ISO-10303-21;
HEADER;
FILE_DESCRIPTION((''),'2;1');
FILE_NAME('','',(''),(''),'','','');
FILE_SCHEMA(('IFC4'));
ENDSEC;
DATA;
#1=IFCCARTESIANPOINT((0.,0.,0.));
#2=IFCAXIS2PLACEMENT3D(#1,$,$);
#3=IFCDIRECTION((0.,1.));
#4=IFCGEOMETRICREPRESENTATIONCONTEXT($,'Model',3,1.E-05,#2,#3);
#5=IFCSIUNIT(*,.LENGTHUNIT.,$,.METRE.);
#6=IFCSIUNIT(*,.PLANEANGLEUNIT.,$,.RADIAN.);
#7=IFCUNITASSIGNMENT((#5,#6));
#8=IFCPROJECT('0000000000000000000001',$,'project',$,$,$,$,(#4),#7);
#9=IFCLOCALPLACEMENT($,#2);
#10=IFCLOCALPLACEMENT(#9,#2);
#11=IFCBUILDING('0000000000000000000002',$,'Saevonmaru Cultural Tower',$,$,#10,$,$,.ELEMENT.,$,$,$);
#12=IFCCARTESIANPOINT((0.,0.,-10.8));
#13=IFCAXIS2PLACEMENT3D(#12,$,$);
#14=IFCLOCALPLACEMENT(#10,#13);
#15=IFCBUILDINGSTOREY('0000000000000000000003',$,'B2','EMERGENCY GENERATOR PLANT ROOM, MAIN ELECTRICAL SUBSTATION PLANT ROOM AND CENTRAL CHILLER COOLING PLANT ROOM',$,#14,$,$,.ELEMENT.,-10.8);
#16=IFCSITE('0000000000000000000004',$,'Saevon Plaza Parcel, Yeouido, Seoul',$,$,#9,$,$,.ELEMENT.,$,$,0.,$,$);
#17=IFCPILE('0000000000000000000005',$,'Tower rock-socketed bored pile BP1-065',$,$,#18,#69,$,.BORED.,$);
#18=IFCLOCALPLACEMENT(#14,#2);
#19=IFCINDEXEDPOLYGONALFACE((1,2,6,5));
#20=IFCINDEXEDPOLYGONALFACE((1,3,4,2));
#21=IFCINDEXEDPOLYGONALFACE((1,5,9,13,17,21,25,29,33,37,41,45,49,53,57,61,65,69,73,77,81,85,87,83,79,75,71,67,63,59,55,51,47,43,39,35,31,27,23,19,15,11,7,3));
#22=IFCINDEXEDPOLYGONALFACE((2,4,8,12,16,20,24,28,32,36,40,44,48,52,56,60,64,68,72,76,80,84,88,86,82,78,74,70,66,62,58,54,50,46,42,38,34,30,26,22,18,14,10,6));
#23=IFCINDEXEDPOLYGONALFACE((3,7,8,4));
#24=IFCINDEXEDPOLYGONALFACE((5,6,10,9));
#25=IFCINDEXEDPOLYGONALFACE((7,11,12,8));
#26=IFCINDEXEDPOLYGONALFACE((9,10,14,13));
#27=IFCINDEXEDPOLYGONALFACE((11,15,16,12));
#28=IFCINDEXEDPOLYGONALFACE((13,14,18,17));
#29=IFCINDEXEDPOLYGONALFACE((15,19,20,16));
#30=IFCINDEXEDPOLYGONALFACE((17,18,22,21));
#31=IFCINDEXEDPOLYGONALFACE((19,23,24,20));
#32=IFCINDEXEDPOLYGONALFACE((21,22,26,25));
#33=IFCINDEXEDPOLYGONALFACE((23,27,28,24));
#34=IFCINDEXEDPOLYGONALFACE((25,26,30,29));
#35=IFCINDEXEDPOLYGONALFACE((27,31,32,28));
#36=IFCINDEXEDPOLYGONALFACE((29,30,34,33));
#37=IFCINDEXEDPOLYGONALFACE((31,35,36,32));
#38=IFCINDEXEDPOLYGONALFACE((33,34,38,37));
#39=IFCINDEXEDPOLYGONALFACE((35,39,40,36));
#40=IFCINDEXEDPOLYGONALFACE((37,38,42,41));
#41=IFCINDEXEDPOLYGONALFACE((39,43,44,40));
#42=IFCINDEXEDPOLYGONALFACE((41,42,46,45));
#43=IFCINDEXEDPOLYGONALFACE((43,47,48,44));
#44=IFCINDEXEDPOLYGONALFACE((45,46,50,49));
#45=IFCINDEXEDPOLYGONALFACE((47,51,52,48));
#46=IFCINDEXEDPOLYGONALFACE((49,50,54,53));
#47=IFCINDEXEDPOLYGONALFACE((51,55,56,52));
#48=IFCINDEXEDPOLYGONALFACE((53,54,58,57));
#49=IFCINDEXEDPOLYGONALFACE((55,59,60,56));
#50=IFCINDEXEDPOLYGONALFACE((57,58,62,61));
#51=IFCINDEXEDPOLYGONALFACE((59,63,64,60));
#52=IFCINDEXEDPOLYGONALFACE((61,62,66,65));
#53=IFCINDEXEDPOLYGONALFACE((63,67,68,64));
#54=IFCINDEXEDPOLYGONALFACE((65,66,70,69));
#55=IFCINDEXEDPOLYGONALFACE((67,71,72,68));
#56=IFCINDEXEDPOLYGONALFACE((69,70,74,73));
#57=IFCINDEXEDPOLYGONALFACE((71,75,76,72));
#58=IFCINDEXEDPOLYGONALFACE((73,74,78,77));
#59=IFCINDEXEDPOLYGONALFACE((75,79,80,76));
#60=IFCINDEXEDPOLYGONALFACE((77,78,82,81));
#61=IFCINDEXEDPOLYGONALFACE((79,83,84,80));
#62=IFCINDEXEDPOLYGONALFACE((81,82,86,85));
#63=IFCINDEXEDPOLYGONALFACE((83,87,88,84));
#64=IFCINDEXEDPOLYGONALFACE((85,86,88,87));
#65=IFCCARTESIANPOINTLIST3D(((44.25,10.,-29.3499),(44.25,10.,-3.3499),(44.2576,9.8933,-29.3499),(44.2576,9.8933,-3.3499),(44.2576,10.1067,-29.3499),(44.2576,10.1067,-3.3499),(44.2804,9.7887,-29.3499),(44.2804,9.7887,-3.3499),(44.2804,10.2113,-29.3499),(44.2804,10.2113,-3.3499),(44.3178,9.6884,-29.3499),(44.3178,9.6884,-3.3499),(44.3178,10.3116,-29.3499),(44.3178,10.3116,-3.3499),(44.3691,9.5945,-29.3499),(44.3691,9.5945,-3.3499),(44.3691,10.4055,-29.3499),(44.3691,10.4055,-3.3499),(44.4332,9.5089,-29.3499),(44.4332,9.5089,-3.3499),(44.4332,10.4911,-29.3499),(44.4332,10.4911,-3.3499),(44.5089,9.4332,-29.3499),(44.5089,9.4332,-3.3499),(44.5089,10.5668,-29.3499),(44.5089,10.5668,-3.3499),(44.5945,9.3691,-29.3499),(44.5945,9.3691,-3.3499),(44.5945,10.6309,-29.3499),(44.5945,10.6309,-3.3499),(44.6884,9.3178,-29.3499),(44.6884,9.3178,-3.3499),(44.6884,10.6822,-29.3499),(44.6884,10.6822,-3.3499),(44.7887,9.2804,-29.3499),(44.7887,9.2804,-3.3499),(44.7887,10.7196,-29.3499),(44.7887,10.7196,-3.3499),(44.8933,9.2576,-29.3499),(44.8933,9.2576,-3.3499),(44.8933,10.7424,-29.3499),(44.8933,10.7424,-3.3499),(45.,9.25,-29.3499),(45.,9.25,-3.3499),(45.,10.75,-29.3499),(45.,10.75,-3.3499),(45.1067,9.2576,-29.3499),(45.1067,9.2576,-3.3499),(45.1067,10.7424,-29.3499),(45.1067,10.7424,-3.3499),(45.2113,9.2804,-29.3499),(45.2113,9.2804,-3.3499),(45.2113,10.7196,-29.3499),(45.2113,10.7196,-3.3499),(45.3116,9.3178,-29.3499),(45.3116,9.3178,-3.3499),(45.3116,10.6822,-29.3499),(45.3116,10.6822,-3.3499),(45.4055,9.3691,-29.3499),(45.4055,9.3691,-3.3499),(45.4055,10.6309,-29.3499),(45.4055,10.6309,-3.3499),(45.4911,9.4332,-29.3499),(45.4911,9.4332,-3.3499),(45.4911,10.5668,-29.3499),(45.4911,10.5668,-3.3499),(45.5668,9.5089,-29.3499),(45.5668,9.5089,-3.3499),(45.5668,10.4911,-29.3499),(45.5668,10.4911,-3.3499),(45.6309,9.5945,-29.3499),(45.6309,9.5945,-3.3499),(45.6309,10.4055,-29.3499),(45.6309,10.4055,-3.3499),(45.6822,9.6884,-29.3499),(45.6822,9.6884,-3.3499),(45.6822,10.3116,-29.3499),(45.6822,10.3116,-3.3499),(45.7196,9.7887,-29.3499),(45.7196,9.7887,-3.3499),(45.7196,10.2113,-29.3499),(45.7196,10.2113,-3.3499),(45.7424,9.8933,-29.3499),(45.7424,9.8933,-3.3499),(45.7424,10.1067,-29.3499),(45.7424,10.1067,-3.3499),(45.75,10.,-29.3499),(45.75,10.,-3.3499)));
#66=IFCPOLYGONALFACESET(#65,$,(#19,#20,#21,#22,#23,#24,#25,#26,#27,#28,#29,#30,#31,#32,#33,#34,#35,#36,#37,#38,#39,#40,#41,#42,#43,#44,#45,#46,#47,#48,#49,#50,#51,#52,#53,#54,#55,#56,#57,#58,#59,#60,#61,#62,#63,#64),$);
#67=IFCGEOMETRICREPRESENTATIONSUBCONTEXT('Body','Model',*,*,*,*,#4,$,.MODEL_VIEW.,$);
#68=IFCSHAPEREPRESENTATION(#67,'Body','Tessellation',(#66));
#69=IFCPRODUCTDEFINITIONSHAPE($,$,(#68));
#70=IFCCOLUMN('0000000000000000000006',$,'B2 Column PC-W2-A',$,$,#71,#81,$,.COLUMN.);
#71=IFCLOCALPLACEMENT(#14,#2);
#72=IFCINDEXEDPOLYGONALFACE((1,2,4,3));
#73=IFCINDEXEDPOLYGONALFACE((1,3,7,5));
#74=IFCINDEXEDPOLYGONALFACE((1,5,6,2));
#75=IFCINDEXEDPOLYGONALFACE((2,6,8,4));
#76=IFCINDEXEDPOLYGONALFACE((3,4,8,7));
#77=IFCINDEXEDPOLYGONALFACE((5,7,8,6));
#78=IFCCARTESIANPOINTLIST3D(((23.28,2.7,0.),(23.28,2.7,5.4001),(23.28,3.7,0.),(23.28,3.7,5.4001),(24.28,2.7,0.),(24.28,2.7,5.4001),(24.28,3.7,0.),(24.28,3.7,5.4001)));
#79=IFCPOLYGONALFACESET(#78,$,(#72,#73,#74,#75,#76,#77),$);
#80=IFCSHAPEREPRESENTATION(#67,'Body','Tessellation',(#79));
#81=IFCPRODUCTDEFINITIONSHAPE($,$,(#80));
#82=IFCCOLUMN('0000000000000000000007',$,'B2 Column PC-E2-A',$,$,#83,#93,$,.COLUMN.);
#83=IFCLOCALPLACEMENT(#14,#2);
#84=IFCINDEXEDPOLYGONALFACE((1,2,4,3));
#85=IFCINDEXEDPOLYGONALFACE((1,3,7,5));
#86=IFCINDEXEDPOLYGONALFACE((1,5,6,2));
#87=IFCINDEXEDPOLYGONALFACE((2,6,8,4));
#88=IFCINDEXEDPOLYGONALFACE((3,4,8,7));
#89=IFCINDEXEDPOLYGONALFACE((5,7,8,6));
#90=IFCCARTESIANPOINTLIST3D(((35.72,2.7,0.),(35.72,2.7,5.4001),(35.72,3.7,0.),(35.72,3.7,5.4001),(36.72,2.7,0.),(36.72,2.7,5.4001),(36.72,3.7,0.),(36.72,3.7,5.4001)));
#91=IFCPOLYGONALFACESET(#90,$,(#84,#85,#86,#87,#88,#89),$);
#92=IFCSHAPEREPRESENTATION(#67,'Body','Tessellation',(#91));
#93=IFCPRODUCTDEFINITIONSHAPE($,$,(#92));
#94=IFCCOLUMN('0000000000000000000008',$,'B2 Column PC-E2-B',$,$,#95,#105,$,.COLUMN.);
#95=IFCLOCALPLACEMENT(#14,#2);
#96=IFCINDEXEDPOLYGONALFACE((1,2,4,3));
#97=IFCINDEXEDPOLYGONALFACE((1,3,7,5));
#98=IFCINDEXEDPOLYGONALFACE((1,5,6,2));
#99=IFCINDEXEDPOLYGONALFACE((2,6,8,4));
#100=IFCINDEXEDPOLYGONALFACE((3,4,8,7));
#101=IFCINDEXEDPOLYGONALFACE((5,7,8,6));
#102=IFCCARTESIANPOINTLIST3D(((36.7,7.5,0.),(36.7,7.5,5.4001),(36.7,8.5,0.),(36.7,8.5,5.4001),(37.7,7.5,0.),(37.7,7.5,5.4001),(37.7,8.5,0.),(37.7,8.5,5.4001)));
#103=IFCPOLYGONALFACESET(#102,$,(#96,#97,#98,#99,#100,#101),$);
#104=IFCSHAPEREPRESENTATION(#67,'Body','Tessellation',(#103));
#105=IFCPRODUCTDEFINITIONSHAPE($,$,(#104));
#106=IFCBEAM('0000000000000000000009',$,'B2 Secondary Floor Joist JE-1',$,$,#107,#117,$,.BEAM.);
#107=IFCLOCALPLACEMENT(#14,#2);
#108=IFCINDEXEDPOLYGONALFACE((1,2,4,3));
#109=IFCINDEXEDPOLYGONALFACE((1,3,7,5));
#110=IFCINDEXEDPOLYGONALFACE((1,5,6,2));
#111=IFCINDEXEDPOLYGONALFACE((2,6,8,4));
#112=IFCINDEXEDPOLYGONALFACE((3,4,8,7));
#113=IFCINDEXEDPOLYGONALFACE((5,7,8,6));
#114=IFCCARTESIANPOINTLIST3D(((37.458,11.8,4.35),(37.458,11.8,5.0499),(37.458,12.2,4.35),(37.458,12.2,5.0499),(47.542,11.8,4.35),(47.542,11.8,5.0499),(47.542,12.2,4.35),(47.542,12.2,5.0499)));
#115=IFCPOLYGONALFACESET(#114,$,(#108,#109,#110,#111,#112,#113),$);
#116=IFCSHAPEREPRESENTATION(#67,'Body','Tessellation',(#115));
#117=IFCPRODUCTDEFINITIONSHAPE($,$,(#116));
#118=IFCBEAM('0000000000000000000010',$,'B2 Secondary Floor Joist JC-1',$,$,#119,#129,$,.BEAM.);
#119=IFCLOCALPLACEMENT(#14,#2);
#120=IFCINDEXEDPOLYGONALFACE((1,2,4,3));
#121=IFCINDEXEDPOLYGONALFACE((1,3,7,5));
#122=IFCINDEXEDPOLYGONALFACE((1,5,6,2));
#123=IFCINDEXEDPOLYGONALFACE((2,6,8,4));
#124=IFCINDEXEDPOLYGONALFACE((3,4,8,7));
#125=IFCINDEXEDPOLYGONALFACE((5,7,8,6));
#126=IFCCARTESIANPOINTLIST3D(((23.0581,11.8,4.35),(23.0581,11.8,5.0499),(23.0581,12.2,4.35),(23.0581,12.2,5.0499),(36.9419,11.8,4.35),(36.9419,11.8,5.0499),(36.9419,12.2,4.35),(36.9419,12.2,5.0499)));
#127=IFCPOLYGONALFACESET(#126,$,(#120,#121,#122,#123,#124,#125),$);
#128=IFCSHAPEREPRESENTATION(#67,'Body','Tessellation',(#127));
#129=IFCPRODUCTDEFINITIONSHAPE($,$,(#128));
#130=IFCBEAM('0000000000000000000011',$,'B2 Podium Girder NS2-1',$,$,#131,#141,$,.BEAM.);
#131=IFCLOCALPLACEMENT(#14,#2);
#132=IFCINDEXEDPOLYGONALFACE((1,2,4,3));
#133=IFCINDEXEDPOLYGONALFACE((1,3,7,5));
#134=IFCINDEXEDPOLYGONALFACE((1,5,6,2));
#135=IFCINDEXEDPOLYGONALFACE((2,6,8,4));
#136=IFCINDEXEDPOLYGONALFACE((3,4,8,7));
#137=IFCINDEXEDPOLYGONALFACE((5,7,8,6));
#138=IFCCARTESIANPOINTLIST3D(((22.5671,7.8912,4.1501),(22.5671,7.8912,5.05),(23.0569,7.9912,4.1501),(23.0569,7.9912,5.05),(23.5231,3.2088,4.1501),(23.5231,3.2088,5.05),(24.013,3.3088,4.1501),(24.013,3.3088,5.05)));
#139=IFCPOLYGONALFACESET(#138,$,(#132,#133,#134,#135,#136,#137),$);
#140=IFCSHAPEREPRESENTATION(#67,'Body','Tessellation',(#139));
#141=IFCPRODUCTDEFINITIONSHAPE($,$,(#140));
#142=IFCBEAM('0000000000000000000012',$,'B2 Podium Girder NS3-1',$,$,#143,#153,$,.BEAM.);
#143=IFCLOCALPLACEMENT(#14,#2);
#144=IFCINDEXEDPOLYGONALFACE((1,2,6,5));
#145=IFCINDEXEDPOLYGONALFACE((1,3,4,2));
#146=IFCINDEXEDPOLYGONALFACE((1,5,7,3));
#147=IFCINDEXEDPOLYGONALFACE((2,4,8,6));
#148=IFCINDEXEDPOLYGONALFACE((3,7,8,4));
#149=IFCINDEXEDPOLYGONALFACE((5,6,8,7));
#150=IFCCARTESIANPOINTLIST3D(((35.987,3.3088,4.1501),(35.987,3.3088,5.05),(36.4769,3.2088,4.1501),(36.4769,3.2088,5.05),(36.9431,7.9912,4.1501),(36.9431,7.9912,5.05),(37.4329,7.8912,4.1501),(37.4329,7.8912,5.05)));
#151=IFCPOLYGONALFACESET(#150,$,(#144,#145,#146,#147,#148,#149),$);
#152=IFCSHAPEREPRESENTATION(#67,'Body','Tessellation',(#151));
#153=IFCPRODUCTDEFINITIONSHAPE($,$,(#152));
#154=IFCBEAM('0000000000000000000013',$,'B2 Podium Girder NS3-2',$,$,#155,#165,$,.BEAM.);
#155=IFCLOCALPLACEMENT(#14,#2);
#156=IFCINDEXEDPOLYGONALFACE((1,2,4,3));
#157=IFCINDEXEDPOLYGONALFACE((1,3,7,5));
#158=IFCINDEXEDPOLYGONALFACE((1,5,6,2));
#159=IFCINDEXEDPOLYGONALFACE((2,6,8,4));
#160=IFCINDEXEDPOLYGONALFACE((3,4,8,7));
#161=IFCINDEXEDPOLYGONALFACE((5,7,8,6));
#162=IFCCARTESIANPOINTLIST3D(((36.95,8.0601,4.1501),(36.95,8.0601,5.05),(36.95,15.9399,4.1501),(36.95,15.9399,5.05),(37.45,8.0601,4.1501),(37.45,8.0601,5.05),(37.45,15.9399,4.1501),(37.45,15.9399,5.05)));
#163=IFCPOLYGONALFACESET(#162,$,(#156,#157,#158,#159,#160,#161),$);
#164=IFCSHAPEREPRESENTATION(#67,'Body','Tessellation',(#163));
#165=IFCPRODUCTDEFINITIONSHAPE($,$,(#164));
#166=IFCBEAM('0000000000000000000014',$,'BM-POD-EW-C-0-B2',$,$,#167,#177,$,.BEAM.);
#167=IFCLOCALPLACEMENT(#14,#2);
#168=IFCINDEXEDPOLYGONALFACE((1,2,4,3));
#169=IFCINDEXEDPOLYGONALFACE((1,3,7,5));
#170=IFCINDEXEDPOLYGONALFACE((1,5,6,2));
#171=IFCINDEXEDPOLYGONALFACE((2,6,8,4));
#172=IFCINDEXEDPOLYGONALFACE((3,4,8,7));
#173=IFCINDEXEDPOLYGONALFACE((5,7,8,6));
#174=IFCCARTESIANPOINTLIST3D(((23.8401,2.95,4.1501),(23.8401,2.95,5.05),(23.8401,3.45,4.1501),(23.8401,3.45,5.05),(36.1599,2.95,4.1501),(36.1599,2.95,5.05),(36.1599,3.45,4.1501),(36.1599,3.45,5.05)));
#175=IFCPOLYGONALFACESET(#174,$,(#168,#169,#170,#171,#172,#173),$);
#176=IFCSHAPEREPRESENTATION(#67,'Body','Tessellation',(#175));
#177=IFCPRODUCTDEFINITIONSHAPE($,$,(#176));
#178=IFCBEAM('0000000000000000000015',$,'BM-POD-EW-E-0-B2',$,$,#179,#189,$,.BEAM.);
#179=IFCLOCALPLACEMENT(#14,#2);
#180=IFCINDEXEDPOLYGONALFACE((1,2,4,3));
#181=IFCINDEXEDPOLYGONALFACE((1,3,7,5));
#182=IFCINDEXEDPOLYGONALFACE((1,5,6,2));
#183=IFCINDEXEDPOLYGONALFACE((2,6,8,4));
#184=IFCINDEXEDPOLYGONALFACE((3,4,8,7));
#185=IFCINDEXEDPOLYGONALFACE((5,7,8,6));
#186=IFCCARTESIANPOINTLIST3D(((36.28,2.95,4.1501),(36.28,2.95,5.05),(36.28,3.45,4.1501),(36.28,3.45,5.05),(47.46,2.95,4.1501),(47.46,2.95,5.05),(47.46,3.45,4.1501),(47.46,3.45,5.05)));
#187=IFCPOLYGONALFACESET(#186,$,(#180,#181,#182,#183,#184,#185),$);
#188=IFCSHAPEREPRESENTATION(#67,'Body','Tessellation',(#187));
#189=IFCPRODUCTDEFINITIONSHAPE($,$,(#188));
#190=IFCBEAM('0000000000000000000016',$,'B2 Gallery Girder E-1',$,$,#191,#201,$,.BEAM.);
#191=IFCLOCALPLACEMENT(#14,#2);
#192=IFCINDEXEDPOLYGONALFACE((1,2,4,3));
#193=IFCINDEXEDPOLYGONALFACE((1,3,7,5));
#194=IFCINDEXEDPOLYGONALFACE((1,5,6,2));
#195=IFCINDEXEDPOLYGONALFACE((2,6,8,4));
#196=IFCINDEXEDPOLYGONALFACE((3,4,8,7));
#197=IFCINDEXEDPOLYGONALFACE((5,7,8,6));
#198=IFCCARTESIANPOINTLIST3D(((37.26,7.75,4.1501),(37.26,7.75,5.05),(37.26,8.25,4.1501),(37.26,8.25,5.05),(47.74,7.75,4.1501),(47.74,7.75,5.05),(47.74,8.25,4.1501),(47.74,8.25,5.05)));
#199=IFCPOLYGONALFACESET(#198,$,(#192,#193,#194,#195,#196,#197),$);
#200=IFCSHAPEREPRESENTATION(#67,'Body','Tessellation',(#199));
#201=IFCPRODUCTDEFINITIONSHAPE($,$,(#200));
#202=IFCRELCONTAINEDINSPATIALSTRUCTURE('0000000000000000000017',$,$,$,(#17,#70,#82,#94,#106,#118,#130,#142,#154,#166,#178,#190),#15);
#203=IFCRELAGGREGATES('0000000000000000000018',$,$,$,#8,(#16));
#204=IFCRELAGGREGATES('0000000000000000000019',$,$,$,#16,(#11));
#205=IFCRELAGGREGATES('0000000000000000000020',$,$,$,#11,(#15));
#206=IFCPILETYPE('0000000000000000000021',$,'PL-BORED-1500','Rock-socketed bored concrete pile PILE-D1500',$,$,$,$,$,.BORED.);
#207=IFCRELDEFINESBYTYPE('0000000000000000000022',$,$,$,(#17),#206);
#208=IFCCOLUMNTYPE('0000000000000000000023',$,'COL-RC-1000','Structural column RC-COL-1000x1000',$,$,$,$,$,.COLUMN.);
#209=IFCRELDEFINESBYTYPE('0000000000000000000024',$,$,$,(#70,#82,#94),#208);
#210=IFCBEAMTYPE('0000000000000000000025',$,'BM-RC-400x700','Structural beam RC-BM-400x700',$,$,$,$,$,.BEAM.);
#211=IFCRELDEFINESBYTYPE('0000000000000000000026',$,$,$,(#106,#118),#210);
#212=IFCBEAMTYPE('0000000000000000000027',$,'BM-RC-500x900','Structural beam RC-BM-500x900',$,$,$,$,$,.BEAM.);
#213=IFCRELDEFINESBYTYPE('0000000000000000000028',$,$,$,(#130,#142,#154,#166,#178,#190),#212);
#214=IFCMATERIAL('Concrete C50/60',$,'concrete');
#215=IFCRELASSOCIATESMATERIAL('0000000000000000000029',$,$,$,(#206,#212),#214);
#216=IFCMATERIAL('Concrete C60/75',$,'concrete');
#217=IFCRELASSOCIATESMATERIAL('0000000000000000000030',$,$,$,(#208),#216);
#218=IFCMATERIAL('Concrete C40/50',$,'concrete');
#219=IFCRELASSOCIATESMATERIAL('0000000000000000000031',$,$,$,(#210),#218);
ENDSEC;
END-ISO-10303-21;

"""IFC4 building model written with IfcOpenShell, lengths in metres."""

from ifc_helpers import new_model, si_unit, direction, frame, origin, origin_2d, place, context, subcontext, project, spatial, rectangle, circle, extrude, material, material_profile, profile_set, type_object, element, save


model = new_model("IFC4")

# Units and contexts
model_context = context("Model", 3, precision=1e-05, world=origin(), true_north=direction((0.0, 1.0)))
body_context = subcontext(model_context, "Body", "Model", "MODEL_VIEW")
ifc_project = project(units=[si_unit("LENGTHUNIT", "METRE"), si_unit("PLANEANGLEUNIT", "RADIAN")], contexts=[model_context])

# Site, building, storey
site_placement = place(None, origin())
site = spatial("IfcSite", under=ifc_project, at=site_placement, Name="Saevon Plaza Parcel, Yeouido, Seoul", CompositionType="ELEMENT", RefElevation=0.0)
building_placement = place(site_placement, origin())
building = spatial("IfcBuilding", under=site, at=building_placement, Name="Saevonmaru Cultural Tower", CompositionType="ELEMENT")
storey_placement = place(building_placement, frame((0.0, 0.0, -10.8)))
storey = spatial("IfcBuildingStorey", under=building, at=storey_placement, Name="B2", Description="EMERGENCY GENERATOR PLANT ROOM, MAIN ELECTRICAL SUBSTATION PLANT ROOM AND CENTRAL CHILLER COOLING PLANT ROOM", CompositionType="ELEMENT", Elevation=-10.8)

# Pile
ifc_material_1 = material(Name="Concrete C50/60", Category="concrete")
ifc_material_profile_1 = material_profile(ifc_material_1, circle(Radius=0.75, at=origin_2d()), Name="PILE-D1500")
ifc_profile_set_1 = profile_set([ifc_material_profile_1], Name="Concrete C50/60")
pile_type = type_object("IfcPileType", Name="PL-BORED-1500", Description="Rock-socketed bored concrete pile PILE-D1500", PredefinedType="BORED", material=ifc_profile_set_1)
for number, where, z_axis, x_axis, name in (
    (1, (45.0, 10.0, -3.3499), (0.0, 0.0, -1.0), (1.0, 0.0, 0.0), "Tower rock-socketed bored pile BP1-065"),
):
    element("IfcPile", number, at=place(storey_placement, frame(where, z_axis=z_axis, x_axis=x_axis)), inside=storey, type_object=pile_type, Name=name, PredefinedType="BORED", context=body_context, shape_type="SweptSolid", body=[
        extrude(circle(Radius=0.75, at=origin_2d()), origin(), (0.0, 0.0, 1.0), 26.0),
    ])

# Columns
ifc_material_2 = material(Name="Concrete C60/75", Category="concrete")
ifc_material_profile_2 = material_profile(ifc_material_2, rectangle(XDim=1.0, YDim=1.0, at=origin_2d()), Name="RC-COL-1000x1000")
ifc_profile_set_2 = profile_set([ifc_material_profile_2], Name="Concrete C60/75")
column_type = type_object("IfcColumnType", Name="COL-RC-1000", Description="Structural column RC-COL-1000x1000", PredefinedType="COLUMN", material=ifc_profile_set_2)
for number, where, z_axis, x_axis, name in (
    (2, (23.78, 3.2, 0.0), (0.0, 0.0, 1.0), (1.0, 0.0, 0.0), "B2 Column PC-W2-A"),
    (3, (36.22, 3.2, 0.0), (0.0, 0.0, 1.0), (1.0, 0.0, 0.0), "B2 Column PC-E2-A"),
    (4, (37.2, 8.0, 0.0), (0.0, 0.0, 1.0), (1.0, 0.0, 0.0), "B2 Column PC-E2-B"),
):
    element("IfcColumn", number, at=place(storey_placement, frame(where, z_axis=z_axis, x_axis=x_axis)), inside=storey, type_object=column_type, Name=name, PredefinedType="COLUMN", context=body_context, shape_type="SweptSolid", body=[
        extrude(rectangle(XDim=1.0, YDim=1.0, at=origin_2d()), origin(), (0.0, 0.0, 1.0), 5.4001),
    ])

# Beams
ifc_material_3 = material(Name="Concrete C40/50", Category="concrete")
ifc_material_profile_3 = material_profile(ifc_material_3, rectangle(XDim=0.3999, YDim=0.7, at=origin_2d()), Name="RC-BM-400x700")
ifc_profile_set_3 = profile_set([ifc_material_profile_3], Name="Concrete C40/50")
beam_type_1 = type_object("IfcBeamType", Name="BM-RC-400x700", Description="Structural beam RC-BM-400x700", PredefinedType="BEAM", material=ifc_profile_set_3)
beam_1_placement = place(storey_placement, frame((37.458, 12.0, 4.7), z_axis=(1.0, 0.0, 0.0), x_axis=(0.0, 1.0, 0.0)))
element("IfcBeam", 5, at=beam_1_placement, inside=storey, type_object=beam_type_1, Name="B2 Secondary Floor Joist JE-1", PredefinedType="BEAM", context=body_context, shape_type="SweptSolid", body=[
    extrude(rectangle(XDim=0.3999, YDim=0.7, at=origin_2d()), origin(), (0.0, 0.0, 1.0), 10.084),
])
beam_2_placement = place(storey_placement, frame((23.0581, 12.0, 4.7), z_axis=(1.0, 0.0, 0.0), x_axis=(0.0, 1.0, 0.0)))
element("IfcBeam", 6, at=beam_2_placement, inside=storey, type_object=beam_type_1, Name="B2 Secondary Floor Joist JC-1", PredefinedType="BEAM", context=body_context, shape_type="SweptSolid", body=[
    extrude(rectangle(XDim=0.3999, YDim=0.7, at=origin_2d()), origin(), (0.0, 0.0, 1.0), 13.8838),
])
ifc_material_profile_4 = material_profile(ifc_material_1, rectangle(XDim=0.5, YDim=0.8999, at=origin_2d()), Name="RC-BM-500x900")
ifc_profile_set_4 = profile_set([ifc_material_profile_4], Name="Concrete C50/60")
beam_type_2 = type_object("IfcBeamType", Name="BM-RC-500x900", Description="Structural beam RC-BM-500x900", PredefinedType="BEAM", material=ifc_profile_set_4)
for number, where, z_axis, x_axis, name in (
    (7, (23.7681, 3.2588, 4.6001), (-0.200054, 0.979785, 0.0), (-0.979785, -0.200054, 0.0), "B2 Podium Girder NS2-1"),
    (8, (36.2319, 3.2588, 4.6001), (0.200054, 0.979785, 0.0), (-0.979785, 0.200054, 0.0), "B2 Podium Girder NS3-1"),
):
    element("IfcBeam", number, at=place(storey_placement, frame(where, z_axis=z_axis, x_axis=x_axis)), inside=storey, type_object=beam_type_2, Name=name, PredefinedType="BEAM", context=body_context, shape_type="SweptSolid", body=[
        extrude(rectangle(XDim=0.5, YDim=0.8999, at=origin_2d()), origin(), (0.0, 0.0, 1.0), 4.7791),
    ])
beam_3_placement = place(storey_placement, frame((37.2, 8.0601, 4.6001), z_axis=(0.0, 1.0, 0.0), x_axis=(-1.0, 0.0, 0.0)))
element("IfcBeam", 9, at=beam_3_placement, inside=storey, type_object=beam_type_2, Name="B2 Podium Girder NS3-2", PredefinedType="BEAM", context=body_context, shape_type="SweptSolid", body=[
    extrude(rectangle(XDim=0.5, YDim=0.8999, at=origin_2d()), origin(), (0.0, 0.0, 1.0), 7.8799),
])
beam_4_placement = place(storey_placement, frame((23.8401, 3.2, 4.6001), z_axis=(1.0, 0.0, 0.0), x_axis=(0.0, 1.0, 0.0)))
element("IfcBeam", 10, at=beam_4_placement, inside=storey, type_object=beam_type_2, Name="BM-POD-EW-C-0-B2", PredefinedType="BEAM", context=body_context, shape_type="SweptSolid", body=[
    extrude(rectangle(XDim=0.5, YDim=0.8999, at=origin_2d()), origin(), (0.0, 0.0, 1.0), 12.3198),
])
beam_5_placement = place(storey_placement, frame((36.28, 3.2, 4.6001), z_axis=(1.0, 0.0, 0.0), x_axis=(0.0, 1.0, 0.0)))
element("IfcBeam", 11, at=beam_5_placement, inside=storey, type_object=beam_type_2, Name="BM-POD-EW-E-0-B2", PredefinedType="BEAM", context=body_context, shape_type="SweptSolid", body=[
    extrude(rectangle(XDim=0.5, YDim=0.8999, at=origin_2d()), origin(), (0.0, 0.0, 1.0), 11.1799),
])
beam_6_placement = place(storey_placement, frame((37.26, 8.0, 4.6001), z_axis=(1.0, 0.0, 0.0), x_axis=(0.0, 1.0, 0.0)))
element("IfcBeam", 12, at=beam_6_placement, inside=storey, type_object=beam_type_2, Name="B2 Gallery Girder E-1", PredefinedType="BEAM", context=body_context, shape_type="SweptSolid", body=[
    extrude(rectangle(XDim=0.5, YDim=0.8999, at=origin_2d()), origin(), (0.0, 0.0, 1.0), 10.48),
])

save(model, "model.ifc")
